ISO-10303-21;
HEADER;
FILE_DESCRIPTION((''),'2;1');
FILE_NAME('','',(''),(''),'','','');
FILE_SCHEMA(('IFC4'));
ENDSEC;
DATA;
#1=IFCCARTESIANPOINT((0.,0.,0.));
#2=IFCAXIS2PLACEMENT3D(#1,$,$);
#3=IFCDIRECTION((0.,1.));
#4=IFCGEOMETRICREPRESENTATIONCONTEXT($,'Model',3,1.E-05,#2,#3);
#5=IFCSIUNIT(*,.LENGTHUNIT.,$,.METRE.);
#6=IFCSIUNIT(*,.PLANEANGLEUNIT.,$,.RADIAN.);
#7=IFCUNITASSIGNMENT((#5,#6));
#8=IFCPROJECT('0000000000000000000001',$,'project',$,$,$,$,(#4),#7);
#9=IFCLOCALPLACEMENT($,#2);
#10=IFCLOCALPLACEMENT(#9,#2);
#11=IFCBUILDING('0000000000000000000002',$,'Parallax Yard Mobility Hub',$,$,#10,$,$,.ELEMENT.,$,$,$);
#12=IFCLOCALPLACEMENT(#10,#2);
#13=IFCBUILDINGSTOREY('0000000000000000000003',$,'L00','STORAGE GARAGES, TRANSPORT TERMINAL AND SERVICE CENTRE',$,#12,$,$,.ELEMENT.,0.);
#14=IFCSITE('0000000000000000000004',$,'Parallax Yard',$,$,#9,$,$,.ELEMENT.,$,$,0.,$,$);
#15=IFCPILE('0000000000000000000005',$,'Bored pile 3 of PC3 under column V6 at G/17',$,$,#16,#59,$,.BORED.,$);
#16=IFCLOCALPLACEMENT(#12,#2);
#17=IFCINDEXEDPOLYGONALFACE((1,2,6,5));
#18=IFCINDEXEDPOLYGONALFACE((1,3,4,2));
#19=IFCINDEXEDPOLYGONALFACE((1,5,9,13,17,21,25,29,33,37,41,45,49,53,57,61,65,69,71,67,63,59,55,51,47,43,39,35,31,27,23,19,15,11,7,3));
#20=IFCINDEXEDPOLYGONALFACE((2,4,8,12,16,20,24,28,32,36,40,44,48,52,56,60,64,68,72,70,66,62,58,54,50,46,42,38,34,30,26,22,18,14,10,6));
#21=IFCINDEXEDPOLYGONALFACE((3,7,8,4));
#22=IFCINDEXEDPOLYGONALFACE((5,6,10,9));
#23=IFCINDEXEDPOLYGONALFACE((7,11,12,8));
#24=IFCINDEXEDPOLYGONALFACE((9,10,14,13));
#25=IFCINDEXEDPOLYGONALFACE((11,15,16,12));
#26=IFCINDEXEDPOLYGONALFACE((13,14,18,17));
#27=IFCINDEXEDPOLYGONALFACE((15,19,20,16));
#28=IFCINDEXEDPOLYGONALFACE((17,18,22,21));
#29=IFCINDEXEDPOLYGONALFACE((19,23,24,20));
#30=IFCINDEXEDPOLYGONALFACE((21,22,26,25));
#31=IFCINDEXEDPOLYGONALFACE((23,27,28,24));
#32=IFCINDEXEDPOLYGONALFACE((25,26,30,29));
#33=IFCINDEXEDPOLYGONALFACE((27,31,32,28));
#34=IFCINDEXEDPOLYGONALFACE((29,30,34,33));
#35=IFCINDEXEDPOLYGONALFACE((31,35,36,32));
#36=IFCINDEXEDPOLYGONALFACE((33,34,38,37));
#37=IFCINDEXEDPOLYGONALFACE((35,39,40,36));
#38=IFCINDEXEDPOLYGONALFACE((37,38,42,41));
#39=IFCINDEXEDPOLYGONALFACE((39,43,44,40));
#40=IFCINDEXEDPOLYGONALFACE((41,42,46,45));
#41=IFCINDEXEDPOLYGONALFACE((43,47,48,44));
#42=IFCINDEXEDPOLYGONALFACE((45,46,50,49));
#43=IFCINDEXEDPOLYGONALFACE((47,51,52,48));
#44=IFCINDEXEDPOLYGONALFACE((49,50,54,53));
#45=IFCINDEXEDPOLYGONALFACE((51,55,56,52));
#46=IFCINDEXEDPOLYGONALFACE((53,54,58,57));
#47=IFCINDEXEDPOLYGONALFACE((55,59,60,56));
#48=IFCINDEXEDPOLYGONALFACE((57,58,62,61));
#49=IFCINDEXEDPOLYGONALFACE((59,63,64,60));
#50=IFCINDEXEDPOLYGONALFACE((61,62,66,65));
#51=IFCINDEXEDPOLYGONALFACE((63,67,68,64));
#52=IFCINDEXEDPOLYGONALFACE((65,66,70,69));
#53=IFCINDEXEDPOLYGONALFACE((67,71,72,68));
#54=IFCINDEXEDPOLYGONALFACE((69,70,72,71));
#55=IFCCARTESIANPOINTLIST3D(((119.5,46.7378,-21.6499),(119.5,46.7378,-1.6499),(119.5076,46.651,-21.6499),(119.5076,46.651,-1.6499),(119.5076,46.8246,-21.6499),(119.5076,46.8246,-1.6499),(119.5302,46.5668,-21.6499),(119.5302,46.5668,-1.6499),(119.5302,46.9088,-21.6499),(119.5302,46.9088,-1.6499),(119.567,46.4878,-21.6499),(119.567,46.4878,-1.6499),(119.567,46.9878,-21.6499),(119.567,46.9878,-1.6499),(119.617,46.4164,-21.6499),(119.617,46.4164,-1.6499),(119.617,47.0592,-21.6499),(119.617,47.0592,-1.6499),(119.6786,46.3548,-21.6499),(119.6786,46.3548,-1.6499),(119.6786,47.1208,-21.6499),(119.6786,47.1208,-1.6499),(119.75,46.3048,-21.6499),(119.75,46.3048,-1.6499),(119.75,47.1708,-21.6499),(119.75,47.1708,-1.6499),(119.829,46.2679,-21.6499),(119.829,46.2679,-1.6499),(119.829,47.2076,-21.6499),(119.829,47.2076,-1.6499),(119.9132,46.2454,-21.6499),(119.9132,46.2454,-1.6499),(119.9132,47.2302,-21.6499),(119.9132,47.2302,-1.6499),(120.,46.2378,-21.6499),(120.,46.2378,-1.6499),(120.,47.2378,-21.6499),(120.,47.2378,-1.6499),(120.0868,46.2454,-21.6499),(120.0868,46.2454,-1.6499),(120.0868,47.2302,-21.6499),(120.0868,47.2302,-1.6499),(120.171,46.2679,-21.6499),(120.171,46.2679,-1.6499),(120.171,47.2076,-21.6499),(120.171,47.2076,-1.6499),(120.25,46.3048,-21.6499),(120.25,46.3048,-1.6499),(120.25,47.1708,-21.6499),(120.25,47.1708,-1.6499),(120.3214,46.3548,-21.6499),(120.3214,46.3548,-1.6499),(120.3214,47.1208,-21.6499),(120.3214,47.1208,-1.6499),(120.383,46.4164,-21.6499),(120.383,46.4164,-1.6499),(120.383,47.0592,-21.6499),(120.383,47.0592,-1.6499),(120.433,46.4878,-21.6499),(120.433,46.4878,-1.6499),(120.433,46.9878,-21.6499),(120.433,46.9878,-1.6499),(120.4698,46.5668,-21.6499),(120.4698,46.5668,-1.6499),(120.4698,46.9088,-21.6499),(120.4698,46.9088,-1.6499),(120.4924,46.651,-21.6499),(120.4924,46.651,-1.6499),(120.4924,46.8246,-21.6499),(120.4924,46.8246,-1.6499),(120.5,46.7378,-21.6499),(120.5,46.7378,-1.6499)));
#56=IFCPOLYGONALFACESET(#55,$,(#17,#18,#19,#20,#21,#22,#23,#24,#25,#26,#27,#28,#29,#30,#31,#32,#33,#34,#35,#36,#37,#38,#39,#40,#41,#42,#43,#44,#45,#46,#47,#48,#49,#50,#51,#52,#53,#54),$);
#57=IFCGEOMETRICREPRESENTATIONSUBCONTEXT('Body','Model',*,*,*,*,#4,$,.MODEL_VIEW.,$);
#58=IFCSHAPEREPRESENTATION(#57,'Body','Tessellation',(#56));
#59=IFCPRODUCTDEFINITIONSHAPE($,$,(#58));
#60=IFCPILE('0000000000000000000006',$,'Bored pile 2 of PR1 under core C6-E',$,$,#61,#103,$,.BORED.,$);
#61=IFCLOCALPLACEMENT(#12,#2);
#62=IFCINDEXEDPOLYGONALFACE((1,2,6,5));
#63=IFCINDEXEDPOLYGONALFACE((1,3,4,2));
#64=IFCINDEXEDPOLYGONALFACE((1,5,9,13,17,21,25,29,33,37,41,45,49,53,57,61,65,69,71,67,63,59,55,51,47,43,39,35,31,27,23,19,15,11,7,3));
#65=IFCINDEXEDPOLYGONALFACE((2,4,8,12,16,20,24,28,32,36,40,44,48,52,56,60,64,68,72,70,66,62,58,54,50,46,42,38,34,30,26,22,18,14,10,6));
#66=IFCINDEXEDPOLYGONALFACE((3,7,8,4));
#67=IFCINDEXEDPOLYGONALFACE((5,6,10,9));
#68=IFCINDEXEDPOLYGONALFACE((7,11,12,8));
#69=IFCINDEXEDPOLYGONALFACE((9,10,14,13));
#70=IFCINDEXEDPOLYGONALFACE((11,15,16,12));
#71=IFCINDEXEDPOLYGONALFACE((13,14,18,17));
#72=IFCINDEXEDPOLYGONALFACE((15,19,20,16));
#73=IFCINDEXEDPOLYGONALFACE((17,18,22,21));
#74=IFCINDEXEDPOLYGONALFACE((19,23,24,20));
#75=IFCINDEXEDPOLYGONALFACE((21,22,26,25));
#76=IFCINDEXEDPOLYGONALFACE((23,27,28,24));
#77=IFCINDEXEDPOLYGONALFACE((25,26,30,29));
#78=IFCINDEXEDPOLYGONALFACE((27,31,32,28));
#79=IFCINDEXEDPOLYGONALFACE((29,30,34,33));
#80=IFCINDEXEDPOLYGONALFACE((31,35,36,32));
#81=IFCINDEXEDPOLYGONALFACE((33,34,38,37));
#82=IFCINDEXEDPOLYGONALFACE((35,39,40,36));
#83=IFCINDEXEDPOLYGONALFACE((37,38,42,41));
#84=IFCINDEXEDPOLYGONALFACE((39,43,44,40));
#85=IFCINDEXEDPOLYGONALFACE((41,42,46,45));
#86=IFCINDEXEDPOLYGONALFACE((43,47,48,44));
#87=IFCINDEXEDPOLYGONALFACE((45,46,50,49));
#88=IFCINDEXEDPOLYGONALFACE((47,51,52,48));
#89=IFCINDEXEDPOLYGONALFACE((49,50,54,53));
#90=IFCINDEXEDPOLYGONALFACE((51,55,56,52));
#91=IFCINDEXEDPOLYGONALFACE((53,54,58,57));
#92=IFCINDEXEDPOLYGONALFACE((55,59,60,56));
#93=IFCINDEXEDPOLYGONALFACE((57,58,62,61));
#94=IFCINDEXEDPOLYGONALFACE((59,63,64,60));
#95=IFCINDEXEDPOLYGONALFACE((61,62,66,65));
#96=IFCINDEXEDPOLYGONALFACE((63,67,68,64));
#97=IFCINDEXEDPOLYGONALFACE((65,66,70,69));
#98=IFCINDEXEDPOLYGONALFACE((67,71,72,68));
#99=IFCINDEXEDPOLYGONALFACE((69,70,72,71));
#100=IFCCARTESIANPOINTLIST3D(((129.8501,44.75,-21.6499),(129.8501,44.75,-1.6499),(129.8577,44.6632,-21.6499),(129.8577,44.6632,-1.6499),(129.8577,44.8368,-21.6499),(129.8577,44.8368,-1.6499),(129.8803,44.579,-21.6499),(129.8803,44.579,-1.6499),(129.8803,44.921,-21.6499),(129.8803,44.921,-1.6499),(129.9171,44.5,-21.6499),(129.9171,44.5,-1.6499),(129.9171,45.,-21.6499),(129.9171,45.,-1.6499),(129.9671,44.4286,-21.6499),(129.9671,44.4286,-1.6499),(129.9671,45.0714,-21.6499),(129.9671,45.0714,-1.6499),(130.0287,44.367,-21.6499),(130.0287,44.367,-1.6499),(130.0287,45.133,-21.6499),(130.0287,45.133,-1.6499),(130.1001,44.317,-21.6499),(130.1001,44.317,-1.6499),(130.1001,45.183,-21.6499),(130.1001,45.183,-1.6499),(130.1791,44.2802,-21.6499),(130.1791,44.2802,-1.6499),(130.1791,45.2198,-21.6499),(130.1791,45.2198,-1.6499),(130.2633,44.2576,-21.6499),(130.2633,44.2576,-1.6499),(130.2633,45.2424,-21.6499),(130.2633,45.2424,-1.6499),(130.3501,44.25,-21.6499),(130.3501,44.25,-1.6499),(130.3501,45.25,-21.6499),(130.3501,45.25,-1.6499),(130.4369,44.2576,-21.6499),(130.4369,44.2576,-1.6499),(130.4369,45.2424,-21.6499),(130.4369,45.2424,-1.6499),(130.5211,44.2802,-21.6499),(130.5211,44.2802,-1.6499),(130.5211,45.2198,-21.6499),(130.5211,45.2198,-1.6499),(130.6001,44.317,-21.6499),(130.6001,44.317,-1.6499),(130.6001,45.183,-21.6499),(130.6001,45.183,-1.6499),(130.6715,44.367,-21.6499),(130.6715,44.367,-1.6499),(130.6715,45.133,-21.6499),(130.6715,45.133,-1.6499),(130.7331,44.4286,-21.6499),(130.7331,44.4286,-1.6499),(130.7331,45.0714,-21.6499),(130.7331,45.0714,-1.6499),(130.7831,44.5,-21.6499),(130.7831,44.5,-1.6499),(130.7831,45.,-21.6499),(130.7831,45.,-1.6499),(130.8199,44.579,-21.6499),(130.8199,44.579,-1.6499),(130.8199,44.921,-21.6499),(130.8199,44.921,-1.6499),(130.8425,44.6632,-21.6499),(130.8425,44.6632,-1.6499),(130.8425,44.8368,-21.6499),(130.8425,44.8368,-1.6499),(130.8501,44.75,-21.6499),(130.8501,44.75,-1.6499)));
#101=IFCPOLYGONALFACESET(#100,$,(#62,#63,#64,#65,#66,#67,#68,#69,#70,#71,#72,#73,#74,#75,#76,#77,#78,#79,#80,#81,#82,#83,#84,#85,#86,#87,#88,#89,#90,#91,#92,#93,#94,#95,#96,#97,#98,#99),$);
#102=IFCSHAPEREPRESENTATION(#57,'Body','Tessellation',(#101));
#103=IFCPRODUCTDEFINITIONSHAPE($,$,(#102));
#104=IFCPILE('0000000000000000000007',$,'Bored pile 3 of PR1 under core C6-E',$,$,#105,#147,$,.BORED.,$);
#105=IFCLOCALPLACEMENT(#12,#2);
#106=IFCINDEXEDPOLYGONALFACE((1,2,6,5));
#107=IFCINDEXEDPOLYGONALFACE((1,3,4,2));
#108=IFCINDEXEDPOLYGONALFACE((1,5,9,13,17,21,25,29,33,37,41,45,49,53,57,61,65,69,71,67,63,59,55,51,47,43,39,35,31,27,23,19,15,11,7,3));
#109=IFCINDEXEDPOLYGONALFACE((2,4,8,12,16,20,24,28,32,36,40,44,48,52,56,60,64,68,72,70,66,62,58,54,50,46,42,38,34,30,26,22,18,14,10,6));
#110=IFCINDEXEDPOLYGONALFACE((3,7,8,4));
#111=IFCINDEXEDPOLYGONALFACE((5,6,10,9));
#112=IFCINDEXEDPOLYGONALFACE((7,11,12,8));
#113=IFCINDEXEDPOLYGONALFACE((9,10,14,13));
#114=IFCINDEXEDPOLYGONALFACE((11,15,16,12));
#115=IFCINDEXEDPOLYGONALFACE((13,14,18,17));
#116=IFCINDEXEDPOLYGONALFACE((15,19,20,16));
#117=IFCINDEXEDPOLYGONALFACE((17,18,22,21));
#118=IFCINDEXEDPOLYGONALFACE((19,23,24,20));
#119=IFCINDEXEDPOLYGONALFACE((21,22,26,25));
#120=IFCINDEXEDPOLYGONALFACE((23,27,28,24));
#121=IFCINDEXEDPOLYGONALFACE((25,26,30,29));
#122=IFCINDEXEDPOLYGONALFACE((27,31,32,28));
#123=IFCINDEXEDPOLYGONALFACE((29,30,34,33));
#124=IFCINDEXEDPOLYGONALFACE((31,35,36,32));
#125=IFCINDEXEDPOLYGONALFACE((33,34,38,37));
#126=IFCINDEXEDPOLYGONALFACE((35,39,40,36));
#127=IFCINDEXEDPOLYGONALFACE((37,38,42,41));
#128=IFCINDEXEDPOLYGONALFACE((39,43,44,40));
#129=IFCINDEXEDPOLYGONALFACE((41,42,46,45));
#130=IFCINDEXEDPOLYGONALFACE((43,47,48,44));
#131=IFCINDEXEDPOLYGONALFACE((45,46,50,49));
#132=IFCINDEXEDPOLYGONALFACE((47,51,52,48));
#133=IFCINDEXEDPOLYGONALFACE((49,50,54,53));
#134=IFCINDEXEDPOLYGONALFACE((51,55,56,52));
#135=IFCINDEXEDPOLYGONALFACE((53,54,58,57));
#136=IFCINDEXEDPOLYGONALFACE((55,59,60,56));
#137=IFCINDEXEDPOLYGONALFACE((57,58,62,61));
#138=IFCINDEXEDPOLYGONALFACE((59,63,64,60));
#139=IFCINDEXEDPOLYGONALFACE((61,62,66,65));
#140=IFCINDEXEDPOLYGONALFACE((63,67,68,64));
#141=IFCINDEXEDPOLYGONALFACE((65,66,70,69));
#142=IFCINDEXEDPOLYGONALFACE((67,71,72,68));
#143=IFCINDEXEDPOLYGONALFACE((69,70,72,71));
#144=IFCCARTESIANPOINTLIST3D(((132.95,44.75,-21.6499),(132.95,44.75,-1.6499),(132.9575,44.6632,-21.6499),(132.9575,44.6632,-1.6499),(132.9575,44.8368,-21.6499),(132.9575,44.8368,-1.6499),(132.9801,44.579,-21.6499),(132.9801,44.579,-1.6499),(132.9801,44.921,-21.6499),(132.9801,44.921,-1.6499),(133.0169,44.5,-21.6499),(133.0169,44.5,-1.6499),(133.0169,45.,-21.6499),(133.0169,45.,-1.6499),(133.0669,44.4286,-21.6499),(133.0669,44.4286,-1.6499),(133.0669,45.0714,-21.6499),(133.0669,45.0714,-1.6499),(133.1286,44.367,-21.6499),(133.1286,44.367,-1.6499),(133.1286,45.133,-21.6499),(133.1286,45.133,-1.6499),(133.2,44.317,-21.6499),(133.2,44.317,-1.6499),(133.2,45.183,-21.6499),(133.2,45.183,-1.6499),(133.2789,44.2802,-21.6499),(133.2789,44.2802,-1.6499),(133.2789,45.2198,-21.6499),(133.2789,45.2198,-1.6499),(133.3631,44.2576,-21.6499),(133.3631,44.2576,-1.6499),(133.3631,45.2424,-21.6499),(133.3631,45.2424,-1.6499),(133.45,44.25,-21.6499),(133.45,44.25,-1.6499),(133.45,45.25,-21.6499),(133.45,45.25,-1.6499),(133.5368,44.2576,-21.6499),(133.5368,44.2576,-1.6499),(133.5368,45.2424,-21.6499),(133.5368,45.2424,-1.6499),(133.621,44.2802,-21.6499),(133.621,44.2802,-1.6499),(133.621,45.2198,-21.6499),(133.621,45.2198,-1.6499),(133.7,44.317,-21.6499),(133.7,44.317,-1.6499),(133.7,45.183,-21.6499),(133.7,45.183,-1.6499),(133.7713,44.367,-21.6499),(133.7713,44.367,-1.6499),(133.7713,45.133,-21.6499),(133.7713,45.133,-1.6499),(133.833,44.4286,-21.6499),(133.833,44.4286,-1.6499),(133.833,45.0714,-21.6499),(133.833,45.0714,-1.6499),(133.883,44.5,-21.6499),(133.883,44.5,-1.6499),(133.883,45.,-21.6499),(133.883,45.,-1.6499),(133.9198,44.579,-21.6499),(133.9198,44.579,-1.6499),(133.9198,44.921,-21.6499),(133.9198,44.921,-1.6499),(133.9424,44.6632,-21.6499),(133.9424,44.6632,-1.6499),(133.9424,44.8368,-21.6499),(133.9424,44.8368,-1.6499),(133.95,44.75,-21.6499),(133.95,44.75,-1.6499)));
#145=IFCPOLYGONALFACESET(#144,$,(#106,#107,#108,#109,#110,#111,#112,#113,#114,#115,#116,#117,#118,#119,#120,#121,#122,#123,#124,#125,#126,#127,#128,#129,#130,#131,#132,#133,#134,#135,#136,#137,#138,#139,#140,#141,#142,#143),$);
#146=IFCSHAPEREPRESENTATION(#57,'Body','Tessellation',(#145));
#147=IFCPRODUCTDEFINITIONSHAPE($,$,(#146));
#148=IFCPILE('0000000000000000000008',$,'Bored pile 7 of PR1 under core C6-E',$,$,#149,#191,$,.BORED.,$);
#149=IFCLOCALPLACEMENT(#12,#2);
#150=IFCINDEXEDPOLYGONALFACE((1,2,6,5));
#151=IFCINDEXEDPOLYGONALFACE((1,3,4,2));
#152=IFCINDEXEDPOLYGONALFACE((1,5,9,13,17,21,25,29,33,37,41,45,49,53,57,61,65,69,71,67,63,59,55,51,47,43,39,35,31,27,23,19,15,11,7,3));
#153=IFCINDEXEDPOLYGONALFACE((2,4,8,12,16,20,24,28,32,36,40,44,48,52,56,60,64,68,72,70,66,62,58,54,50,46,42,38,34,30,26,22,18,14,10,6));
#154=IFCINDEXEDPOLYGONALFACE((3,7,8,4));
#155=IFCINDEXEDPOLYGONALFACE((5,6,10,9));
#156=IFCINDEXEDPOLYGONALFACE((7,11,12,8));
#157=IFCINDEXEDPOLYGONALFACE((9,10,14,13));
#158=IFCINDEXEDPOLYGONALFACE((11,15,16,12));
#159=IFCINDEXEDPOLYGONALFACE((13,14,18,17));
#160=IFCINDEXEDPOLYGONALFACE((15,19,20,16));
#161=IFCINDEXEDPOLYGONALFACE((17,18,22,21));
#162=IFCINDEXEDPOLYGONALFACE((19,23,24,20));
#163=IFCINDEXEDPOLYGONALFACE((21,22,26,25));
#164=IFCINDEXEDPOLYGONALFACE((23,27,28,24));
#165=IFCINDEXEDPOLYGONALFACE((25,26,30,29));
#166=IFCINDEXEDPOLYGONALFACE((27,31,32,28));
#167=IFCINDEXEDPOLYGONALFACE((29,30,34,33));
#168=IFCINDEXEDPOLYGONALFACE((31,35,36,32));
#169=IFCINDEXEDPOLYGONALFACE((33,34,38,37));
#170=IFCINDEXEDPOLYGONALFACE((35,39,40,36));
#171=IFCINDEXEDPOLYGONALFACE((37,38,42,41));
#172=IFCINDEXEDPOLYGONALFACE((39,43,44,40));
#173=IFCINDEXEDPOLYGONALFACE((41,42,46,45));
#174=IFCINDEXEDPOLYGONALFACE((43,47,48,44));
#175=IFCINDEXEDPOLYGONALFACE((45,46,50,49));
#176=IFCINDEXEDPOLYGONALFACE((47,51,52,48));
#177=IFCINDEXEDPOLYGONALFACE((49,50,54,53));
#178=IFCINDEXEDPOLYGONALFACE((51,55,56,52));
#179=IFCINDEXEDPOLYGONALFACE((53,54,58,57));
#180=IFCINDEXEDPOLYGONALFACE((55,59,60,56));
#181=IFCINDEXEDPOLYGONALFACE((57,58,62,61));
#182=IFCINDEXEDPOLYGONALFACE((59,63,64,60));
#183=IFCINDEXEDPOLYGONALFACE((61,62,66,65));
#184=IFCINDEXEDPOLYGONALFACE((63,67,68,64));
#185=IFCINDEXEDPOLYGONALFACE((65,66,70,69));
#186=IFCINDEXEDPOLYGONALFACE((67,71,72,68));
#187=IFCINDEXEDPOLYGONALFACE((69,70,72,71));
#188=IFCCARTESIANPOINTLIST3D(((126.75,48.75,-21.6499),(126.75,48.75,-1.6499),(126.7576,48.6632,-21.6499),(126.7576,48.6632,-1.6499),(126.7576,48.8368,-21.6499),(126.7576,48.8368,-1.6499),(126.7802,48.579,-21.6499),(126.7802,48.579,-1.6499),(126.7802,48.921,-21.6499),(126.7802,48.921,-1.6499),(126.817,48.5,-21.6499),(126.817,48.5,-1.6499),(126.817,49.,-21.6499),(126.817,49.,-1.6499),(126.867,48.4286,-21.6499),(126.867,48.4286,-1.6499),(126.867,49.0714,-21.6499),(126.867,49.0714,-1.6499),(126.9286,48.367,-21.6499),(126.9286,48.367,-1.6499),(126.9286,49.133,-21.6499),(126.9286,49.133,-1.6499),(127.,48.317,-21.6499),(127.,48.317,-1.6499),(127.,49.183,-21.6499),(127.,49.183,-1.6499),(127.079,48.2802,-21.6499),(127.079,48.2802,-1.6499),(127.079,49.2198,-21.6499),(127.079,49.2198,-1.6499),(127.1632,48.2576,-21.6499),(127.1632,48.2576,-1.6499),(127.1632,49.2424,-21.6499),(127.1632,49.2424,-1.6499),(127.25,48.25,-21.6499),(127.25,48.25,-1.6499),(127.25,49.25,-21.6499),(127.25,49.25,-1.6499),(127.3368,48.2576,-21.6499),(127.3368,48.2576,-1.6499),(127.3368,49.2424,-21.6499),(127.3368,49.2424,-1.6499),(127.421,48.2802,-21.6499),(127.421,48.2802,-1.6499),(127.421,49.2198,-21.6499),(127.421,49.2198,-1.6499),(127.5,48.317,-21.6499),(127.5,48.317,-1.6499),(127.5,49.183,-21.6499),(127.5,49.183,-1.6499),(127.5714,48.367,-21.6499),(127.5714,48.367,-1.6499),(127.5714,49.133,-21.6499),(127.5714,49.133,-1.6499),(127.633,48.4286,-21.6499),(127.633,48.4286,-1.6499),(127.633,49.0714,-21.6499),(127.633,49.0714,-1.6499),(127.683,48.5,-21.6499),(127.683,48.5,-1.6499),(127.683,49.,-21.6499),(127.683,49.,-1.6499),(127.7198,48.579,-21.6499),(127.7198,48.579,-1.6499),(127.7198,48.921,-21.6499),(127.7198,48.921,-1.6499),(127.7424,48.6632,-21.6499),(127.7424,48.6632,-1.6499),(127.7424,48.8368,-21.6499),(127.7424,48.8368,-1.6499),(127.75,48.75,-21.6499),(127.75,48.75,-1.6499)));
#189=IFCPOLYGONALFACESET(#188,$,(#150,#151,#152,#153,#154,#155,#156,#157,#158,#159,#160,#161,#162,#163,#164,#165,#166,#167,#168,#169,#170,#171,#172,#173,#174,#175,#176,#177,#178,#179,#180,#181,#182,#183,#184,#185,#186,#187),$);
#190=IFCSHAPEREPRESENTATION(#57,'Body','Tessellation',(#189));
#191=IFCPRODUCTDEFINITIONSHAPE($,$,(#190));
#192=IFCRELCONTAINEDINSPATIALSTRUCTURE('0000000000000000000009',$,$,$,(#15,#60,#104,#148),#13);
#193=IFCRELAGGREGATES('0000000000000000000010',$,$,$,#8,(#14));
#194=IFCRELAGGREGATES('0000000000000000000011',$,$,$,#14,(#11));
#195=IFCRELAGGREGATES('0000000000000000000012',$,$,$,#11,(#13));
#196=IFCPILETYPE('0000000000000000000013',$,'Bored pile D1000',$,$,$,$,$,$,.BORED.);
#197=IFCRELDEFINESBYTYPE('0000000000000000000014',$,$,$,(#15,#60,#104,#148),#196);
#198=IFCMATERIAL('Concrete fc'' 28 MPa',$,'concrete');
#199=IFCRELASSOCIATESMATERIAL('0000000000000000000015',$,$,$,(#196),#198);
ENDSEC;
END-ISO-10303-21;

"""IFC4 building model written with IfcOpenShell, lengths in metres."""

from ifc_helpers import new_model, si_unit, direction, frame, origin, origin_2d, place, context, subcontext, project, spatial, circle, extrude, material, material_profile, profile_set, type_object, element, save


model = new_model("IFC4")

# Units and contexts
model_context = context("Model", 3, precision=1e-05, world=origin(), true_north=direction((0.0, 1.0)))
body_context = subcontext(model_context, "Body", "Model", "MODEL_VIEW")
ifc_project = project(units=[si_unit("LENGTHUNIT", "METRE"), si_unit("PLANEANGLEUNIT", "RADIAN")], contexts=[model_context])

# Site, building, storey
site_placement = place(None, origin())
site = spatial("IfcSite", under=ifc_project, at=site_placement, Name="Parallax Yard", CompositionType="ELEMENT", RefElevation=0.0)
building_placement = place(site_placement, origin())
building = spatial("IfcBuilding", under=site, at=building_placement, Name="Parallax Yard Mobility Hub", CompositionType="ELEMENT")
storey_placement = place(building_placement, origin())
storey = spatial("IfcBuildingStorey", under=building, at=storey_placement, Name="L00", Description="STORAGE GARAGES, TRANSPORT TERMINAL AND SERVICE CENTRE", CompositionType="ELEMENT", Elevation=0.0)

# Piles
ifc_material_1 = material(Name="Concrete fc' 28 MPa", Category="concrete")
ifc_material_profile_1 = material_profile(ifc_material_1, circle(Radius=0.5, at=origin_2d()), Name="Bored pile D1000")
ifc_profile_set_1 = profile_set([ifc_material_profile_1], Name="Concrete fc' 28 MPa")
pile_type = type_object("IfcPileType", Name="Bored pile D1000", PredefinedType="BORED", material=ifc_profile_set_1)
for number, where, z_axis, x_axis, name in (
    (1, (120.0, 46.7378, -1.6499), (0.0, 0.0, -1.0), (1.0, 0.0, 0.0), "Bored pile 3 of PC3 under column V6 at G/17"),
    (2, (130.3501, 44.75, -1.6499), (0.0, 0.0, -1.0), (1.0, 0.0, 0.0), "Bored pile 2 of PR1 under core C6-E"),
    (3, (133.45, 44.75, -1.6499), (0.0, 0.0, -1.0), (1.0, 0.0, 0.0), "Bored pile 3 of PR1 under core C6-E"),
    (4, (127.25, 48.75, -1.6499), (0.0, 0.0, -1.0), (1.0, 0.0, 0.0), "Bored pile 7 of PR1 under core C6-E"),
):
    element("IfcPile", number, at=place(storey_placement, frame(where, z_axis=z_axis, x_axis=x_axis)), inside=storey, type_object=pile_type, Name=name, PredefinedType="BORED", context=body_context, shape_type="SweptSolid", body=[
        extrude(circle(Radius=0.5, at=origin_2d()), origin(), (0.0, 0.0, 1.0), 20.0),
    ])

save(model, "model.ifc")
